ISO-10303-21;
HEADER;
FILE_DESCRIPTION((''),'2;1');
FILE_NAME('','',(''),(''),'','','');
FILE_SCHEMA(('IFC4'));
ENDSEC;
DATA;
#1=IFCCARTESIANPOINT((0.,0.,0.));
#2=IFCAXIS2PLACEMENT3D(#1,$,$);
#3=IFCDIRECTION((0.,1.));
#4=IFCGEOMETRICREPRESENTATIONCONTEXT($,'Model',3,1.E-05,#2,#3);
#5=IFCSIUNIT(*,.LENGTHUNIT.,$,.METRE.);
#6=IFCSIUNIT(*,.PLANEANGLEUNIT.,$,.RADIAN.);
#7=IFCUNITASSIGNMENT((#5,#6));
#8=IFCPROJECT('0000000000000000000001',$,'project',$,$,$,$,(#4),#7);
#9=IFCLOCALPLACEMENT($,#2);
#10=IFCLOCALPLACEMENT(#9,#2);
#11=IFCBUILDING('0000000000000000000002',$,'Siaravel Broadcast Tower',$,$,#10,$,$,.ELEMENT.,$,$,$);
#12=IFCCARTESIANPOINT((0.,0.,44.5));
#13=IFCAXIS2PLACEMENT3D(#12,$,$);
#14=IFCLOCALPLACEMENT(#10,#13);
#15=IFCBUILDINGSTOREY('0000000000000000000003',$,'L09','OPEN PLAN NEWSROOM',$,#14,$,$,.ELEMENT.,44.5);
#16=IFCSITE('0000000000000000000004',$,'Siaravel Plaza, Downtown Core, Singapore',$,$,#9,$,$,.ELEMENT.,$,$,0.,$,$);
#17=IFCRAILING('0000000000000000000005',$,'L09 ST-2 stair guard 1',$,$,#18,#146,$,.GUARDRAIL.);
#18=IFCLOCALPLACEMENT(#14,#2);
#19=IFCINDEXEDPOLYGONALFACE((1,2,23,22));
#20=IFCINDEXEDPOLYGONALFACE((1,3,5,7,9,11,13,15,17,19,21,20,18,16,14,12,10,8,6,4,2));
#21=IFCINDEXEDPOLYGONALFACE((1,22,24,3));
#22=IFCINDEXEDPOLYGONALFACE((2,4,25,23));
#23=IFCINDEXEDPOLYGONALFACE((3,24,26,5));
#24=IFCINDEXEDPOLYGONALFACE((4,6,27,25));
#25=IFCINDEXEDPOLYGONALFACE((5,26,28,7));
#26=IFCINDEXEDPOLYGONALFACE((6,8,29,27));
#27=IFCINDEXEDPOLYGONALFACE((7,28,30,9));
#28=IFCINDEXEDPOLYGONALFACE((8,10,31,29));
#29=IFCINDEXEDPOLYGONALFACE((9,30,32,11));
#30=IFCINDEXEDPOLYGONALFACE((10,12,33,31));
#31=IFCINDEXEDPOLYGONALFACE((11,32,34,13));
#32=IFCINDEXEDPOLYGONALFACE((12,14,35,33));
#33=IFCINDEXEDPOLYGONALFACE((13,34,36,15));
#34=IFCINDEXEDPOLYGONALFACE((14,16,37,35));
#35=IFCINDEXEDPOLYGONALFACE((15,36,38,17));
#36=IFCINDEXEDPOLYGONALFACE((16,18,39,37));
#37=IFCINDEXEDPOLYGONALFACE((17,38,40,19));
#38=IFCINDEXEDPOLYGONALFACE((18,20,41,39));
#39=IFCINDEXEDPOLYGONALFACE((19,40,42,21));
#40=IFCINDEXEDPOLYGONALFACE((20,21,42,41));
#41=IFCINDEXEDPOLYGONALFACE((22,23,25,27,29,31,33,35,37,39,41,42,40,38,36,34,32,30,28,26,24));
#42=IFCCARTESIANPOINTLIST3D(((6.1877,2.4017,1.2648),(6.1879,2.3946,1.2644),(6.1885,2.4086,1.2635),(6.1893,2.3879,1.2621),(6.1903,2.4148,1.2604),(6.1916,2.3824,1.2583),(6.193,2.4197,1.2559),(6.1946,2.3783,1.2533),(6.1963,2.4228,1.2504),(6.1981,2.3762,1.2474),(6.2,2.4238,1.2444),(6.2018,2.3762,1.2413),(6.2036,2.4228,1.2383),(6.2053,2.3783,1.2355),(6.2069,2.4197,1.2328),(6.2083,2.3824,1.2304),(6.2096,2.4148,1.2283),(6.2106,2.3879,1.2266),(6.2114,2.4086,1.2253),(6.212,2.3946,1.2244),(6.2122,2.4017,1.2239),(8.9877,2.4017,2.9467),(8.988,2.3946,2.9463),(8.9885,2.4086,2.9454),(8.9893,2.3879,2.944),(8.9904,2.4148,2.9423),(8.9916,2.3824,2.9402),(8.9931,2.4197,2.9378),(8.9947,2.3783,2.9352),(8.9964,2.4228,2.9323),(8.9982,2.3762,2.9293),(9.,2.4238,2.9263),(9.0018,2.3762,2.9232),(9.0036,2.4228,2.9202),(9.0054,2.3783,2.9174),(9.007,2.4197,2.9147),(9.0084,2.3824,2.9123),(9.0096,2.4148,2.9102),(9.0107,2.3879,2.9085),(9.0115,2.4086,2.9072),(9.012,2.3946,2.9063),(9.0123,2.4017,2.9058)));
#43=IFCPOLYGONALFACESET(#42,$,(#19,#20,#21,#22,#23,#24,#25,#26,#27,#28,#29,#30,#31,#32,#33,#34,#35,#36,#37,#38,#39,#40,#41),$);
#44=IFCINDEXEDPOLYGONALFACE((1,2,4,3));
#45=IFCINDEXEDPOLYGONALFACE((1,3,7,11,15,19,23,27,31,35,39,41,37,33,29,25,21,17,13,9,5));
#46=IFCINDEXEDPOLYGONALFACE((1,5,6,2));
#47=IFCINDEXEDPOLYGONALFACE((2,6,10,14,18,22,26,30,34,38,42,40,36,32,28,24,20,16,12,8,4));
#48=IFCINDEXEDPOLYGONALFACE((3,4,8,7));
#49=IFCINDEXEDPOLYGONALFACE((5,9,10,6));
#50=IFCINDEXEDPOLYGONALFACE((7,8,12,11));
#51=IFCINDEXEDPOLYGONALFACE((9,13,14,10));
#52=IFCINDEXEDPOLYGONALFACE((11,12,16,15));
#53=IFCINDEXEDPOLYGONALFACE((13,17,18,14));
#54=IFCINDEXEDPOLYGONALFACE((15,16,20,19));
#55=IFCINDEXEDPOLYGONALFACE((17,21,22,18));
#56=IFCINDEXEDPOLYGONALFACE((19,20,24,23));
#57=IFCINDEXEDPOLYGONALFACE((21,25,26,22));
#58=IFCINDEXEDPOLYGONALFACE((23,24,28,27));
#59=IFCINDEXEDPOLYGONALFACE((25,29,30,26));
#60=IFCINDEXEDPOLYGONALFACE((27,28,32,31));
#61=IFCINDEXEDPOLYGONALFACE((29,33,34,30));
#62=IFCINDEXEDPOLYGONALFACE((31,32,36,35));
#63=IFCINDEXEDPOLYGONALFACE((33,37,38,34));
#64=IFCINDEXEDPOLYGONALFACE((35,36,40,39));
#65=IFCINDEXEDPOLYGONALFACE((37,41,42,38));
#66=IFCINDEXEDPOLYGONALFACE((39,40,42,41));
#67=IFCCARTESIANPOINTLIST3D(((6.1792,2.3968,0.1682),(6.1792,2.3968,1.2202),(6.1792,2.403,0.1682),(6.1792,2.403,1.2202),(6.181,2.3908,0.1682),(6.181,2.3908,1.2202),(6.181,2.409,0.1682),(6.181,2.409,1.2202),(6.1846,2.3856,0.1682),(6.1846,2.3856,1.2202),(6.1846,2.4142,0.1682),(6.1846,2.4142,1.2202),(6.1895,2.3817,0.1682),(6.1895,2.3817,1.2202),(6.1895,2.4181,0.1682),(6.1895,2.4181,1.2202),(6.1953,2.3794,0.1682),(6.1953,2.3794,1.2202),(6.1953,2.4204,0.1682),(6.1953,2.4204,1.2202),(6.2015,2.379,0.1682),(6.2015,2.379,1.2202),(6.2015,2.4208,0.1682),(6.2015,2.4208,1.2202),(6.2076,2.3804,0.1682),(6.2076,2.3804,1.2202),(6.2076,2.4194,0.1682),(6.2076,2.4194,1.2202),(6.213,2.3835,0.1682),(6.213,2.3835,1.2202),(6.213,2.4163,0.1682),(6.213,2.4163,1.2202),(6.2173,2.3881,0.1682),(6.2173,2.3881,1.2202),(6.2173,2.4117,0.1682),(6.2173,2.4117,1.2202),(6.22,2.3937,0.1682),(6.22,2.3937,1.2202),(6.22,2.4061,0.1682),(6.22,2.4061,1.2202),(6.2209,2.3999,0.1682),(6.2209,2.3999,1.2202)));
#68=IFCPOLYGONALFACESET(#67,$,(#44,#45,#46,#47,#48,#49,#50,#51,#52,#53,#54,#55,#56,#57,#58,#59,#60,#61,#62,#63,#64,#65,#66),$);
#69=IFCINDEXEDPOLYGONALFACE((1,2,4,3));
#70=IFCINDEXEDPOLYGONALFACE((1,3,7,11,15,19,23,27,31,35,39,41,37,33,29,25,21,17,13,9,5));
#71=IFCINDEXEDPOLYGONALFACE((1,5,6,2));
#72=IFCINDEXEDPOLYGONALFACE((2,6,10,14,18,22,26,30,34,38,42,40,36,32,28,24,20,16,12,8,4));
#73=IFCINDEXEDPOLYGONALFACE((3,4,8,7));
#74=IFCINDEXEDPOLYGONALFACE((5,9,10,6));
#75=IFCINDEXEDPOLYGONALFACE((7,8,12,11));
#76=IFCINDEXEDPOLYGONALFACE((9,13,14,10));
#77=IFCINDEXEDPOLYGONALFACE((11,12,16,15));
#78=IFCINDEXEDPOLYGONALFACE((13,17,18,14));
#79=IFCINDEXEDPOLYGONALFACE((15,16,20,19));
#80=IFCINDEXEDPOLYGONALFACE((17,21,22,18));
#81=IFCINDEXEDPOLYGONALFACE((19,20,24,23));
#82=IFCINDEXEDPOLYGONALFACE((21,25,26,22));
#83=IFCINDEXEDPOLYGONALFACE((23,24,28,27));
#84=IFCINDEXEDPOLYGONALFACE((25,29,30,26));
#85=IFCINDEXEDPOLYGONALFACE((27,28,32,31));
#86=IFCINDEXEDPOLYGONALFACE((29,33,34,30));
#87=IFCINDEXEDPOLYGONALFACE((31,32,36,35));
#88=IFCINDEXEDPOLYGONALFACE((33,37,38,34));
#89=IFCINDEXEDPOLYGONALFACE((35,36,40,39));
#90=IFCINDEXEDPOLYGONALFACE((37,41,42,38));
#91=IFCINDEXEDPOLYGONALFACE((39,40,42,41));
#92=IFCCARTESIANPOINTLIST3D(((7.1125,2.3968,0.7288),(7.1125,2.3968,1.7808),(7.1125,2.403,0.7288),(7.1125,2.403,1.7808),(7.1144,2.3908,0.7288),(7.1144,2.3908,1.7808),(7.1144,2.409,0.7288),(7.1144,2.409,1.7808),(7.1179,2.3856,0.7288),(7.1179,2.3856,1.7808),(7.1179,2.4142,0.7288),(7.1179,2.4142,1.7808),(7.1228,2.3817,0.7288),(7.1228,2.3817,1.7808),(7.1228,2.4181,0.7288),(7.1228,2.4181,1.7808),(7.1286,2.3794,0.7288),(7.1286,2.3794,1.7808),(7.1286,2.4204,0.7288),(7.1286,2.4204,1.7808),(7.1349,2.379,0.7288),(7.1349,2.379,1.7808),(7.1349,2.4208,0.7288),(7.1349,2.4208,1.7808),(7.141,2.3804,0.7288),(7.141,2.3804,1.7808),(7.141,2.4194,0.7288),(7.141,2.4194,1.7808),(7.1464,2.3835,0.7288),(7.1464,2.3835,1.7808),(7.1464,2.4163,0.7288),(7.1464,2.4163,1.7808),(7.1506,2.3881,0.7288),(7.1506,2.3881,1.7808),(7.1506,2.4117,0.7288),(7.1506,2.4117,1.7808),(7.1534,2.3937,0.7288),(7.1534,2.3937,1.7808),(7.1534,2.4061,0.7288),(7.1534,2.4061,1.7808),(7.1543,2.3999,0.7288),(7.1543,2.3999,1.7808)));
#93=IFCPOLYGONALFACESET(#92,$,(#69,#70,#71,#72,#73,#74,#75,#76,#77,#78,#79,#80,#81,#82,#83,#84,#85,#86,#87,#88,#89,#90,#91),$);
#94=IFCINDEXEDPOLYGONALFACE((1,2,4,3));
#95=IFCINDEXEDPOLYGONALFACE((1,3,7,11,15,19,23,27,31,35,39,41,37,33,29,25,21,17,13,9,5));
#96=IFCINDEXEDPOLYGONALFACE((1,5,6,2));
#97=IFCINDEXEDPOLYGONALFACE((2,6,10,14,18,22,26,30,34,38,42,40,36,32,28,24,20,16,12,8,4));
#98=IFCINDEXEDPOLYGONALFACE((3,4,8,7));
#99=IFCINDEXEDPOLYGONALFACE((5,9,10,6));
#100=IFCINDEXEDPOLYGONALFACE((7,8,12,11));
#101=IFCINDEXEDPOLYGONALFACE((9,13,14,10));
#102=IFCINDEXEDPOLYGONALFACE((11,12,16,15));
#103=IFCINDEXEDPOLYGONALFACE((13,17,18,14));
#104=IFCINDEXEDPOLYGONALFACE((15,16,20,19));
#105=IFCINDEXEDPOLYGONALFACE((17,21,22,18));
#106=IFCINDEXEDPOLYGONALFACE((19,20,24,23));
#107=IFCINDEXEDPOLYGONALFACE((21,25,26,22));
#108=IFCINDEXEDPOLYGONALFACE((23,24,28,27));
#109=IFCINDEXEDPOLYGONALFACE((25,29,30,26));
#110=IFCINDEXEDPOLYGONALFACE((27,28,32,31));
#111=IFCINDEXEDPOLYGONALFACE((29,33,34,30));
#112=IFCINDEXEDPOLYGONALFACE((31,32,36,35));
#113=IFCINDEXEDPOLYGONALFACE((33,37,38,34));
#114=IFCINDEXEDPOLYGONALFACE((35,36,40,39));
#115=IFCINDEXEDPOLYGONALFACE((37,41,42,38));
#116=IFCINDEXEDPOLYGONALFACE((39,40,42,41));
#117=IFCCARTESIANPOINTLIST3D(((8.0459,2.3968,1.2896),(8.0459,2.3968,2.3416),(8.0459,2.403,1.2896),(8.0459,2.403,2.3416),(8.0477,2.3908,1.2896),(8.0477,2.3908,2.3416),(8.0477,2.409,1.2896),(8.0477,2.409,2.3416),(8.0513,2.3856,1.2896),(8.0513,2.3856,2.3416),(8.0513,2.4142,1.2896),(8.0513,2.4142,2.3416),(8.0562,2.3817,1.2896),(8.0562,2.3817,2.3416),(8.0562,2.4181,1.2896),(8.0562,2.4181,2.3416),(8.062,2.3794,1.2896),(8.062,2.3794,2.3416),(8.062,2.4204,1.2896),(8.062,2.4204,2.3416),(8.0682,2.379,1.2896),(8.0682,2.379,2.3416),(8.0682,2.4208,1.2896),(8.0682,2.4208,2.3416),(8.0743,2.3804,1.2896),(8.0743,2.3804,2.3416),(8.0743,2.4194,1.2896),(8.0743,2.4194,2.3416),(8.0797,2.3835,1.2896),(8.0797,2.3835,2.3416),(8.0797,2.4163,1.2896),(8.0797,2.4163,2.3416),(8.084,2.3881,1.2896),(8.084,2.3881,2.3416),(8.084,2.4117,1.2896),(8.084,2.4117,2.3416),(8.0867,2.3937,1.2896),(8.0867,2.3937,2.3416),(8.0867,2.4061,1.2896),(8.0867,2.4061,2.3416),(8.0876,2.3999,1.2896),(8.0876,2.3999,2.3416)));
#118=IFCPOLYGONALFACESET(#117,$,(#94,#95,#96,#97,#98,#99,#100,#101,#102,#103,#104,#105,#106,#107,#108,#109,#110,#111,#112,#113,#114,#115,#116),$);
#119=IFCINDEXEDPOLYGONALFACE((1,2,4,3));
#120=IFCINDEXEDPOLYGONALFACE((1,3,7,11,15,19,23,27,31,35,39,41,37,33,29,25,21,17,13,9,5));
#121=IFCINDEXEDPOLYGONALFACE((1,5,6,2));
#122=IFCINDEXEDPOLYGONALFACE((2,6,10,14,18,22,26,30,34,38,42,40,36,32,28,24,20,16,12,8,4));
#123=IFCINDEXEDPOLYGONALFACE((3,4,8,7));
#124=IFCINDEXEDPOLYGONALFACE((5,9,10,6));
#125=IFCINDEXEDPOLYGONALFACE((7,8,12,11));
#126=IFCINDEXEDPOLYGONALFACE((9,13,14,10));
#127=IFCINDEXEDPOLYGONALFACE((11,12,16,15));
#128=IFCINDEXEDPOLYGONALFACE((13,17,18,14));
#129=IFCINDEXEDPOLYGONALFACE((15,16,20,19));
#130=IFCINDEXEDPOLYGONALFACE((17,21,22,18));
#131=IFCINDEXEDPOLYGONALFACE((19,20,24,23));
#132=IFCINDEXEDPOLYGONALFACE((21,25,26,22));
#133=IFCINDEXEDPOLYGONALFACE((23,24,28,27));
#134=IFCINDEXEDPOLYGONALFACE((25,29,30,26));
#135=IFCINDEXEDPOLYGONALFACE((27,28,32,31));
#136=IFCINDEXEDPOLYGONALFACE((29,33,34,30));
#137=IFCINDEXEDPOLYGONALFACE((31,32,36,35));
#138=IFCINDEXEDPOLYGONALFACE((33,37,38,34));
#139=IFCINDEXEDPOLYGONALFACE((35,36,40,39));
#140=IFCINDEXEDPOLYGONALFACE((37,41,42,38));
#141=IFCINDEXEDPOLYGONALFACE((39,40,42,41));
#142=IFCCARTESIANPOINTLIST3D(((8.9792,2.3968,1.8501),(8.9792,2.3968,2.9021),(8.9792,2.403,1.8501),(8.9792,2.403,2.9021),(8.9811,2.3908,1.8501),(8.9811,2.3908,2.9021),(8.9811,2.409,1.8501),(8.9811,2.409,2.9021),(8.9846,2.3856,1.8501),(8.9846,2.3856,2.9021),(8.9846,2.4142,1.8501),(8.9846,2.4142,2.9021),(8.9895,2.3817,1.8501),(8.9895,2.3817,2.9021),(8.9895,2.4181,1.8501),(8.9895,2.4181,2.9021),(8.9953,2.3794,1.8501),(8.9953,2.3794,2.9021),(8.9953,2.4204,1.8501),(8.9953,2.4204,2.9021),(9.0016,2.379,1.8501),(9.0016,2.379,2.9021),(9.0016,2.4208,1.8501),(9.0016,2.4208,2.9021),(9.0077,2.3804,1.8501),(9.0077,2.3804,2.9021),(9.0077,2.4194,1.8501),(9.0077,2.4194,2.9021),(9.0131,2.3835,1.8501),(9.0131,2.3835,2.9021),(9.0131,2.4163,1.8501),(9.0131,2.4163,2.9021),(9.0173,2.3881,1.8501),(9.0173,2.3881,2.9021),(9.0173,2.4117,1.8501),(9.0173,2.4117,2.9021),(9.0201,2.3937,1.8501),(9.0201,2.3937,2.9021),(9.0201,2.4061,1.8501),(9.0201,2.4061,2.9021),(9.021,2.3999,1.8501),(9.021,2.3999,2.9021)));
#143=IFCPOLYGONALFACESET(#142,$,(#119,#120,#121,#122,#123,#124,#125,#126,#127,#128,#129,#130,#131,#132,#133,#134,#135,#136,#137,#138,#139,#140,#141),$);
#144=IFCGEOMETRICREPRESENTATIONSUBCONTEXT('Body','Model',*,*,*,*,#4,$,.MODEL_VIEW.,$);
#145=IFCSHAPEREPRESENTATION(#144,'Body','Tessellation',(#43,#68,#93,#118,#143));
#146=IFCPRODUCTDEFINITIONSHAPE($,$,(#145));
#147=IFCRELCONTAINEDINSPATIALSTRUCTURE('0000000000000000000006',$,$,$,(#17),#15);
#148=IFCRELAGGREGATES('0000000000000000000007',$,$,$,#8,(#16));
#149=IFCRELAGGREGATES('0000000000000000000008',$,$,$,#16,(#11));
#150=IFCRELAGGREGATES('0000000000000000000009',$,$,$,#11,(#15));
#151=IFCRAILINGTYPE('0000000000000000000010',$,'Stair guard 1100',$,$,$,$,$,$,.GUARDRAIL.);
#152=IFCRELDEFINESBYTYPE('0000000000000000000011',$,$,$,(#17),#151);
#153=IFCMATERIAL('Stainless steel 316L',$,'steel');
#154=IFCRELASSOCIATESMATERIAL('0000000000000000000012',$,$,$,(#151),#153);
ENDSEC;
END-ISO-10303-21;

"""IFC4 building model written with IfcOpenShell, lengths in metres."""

from ifc_helpers import new_model, si_unit, direction, frame, origin, origin_2d, place, context, subcontext, project, spatial, circle, extrude, material, type_object, element, save


model = new_model("IFC4")

# Units and contexts
model_context = context("Model", 3, precision=1e-05, world=origin(), true_north=direction((0.0, 1.0)))
body_context = subcontext(model_context, "Body", "Model", "MODEL_VIEW")
ifc_project = project(units=[si_unit("LENGTHUNIT", "METRE"), si_unit("PLANEANGLEUNIT", "RADIAN")], contexts=[model_context])

# Site, building, storey
site_placement = place(None, origin())
site = spatial("IfcSite", under=ifc_project, at=site_placement, Name="Siaravel Plaza, Downtown Core, Singapore", CompositionType="ELEMENT", RefElevation=0.0)
building_placement = place(site_placement, origin())
building = spatial("IfcBuilding", under=site, at=building_placement, Name="Siaravel Broadcast Tower", CompositionType="ELEMENT")
storey_placement = place(building_placement, frame((0.0, 0.0, 44.5)))
storey = spatial("IfcBuildingStorey", under=building, at=storey_placement, Name="L09", Description="OPEN PLAN NEWSROOM", CompositionType="ELEMENT", Elevation=44.5)

# Railing
ifc_material_1 = material(Name="Stainless steel 316L", Category="steel")
railing_type_1 = type_object("IfcRailingType", Name="Stair guard 1100", PredefinedType="GUARDRAIL", material=ifc_material_1)
railing_1_placement = place(storey_placement, frame((6.2, 2.3999, 0.1682)))
element("IfcRailing", 1, at=railing_1_placement, inside=storey, type_object=railing_type_1, Name="L09 ST-2 stair guard 1", PredefinedType="GUARDRAIL", context=body_context, shape_type="SweptSolid", body=[
    extrude(circle(Radius=0.0239, at=origin_2d()), frame((0.0, 0.0, 1.0762), z_axis=(0.857242, 0.0, 0.514913), x_axis=(0.0, 1.0, 0.0)), (0.0, 0.0, 1.0), 3.2664),
    extrude(circle(Radius=0.021, at=origin_2d()), origin(), (0.0, 0.0, 1.0), 1.052),
    extrude(circle(Radius=0.021, at=origin_2d()), frame((0.9333, 0.0, 0.5605)), (0.0, 0.0, 1.0), 1.052),
    extrude(circle(Radius=0.021, at=origin_2d()), frame((1.8667, 0.0, 1.1213)), (0.0, 0.0, 1.0), 1.052),
    extrude(circle(Radius=0.021, at=origin_2d()), frame((2.8, 0.0, 1.6819)), (0.0, 0.0, 1.0), 1.052),
])

save(model, "model.ifc")
